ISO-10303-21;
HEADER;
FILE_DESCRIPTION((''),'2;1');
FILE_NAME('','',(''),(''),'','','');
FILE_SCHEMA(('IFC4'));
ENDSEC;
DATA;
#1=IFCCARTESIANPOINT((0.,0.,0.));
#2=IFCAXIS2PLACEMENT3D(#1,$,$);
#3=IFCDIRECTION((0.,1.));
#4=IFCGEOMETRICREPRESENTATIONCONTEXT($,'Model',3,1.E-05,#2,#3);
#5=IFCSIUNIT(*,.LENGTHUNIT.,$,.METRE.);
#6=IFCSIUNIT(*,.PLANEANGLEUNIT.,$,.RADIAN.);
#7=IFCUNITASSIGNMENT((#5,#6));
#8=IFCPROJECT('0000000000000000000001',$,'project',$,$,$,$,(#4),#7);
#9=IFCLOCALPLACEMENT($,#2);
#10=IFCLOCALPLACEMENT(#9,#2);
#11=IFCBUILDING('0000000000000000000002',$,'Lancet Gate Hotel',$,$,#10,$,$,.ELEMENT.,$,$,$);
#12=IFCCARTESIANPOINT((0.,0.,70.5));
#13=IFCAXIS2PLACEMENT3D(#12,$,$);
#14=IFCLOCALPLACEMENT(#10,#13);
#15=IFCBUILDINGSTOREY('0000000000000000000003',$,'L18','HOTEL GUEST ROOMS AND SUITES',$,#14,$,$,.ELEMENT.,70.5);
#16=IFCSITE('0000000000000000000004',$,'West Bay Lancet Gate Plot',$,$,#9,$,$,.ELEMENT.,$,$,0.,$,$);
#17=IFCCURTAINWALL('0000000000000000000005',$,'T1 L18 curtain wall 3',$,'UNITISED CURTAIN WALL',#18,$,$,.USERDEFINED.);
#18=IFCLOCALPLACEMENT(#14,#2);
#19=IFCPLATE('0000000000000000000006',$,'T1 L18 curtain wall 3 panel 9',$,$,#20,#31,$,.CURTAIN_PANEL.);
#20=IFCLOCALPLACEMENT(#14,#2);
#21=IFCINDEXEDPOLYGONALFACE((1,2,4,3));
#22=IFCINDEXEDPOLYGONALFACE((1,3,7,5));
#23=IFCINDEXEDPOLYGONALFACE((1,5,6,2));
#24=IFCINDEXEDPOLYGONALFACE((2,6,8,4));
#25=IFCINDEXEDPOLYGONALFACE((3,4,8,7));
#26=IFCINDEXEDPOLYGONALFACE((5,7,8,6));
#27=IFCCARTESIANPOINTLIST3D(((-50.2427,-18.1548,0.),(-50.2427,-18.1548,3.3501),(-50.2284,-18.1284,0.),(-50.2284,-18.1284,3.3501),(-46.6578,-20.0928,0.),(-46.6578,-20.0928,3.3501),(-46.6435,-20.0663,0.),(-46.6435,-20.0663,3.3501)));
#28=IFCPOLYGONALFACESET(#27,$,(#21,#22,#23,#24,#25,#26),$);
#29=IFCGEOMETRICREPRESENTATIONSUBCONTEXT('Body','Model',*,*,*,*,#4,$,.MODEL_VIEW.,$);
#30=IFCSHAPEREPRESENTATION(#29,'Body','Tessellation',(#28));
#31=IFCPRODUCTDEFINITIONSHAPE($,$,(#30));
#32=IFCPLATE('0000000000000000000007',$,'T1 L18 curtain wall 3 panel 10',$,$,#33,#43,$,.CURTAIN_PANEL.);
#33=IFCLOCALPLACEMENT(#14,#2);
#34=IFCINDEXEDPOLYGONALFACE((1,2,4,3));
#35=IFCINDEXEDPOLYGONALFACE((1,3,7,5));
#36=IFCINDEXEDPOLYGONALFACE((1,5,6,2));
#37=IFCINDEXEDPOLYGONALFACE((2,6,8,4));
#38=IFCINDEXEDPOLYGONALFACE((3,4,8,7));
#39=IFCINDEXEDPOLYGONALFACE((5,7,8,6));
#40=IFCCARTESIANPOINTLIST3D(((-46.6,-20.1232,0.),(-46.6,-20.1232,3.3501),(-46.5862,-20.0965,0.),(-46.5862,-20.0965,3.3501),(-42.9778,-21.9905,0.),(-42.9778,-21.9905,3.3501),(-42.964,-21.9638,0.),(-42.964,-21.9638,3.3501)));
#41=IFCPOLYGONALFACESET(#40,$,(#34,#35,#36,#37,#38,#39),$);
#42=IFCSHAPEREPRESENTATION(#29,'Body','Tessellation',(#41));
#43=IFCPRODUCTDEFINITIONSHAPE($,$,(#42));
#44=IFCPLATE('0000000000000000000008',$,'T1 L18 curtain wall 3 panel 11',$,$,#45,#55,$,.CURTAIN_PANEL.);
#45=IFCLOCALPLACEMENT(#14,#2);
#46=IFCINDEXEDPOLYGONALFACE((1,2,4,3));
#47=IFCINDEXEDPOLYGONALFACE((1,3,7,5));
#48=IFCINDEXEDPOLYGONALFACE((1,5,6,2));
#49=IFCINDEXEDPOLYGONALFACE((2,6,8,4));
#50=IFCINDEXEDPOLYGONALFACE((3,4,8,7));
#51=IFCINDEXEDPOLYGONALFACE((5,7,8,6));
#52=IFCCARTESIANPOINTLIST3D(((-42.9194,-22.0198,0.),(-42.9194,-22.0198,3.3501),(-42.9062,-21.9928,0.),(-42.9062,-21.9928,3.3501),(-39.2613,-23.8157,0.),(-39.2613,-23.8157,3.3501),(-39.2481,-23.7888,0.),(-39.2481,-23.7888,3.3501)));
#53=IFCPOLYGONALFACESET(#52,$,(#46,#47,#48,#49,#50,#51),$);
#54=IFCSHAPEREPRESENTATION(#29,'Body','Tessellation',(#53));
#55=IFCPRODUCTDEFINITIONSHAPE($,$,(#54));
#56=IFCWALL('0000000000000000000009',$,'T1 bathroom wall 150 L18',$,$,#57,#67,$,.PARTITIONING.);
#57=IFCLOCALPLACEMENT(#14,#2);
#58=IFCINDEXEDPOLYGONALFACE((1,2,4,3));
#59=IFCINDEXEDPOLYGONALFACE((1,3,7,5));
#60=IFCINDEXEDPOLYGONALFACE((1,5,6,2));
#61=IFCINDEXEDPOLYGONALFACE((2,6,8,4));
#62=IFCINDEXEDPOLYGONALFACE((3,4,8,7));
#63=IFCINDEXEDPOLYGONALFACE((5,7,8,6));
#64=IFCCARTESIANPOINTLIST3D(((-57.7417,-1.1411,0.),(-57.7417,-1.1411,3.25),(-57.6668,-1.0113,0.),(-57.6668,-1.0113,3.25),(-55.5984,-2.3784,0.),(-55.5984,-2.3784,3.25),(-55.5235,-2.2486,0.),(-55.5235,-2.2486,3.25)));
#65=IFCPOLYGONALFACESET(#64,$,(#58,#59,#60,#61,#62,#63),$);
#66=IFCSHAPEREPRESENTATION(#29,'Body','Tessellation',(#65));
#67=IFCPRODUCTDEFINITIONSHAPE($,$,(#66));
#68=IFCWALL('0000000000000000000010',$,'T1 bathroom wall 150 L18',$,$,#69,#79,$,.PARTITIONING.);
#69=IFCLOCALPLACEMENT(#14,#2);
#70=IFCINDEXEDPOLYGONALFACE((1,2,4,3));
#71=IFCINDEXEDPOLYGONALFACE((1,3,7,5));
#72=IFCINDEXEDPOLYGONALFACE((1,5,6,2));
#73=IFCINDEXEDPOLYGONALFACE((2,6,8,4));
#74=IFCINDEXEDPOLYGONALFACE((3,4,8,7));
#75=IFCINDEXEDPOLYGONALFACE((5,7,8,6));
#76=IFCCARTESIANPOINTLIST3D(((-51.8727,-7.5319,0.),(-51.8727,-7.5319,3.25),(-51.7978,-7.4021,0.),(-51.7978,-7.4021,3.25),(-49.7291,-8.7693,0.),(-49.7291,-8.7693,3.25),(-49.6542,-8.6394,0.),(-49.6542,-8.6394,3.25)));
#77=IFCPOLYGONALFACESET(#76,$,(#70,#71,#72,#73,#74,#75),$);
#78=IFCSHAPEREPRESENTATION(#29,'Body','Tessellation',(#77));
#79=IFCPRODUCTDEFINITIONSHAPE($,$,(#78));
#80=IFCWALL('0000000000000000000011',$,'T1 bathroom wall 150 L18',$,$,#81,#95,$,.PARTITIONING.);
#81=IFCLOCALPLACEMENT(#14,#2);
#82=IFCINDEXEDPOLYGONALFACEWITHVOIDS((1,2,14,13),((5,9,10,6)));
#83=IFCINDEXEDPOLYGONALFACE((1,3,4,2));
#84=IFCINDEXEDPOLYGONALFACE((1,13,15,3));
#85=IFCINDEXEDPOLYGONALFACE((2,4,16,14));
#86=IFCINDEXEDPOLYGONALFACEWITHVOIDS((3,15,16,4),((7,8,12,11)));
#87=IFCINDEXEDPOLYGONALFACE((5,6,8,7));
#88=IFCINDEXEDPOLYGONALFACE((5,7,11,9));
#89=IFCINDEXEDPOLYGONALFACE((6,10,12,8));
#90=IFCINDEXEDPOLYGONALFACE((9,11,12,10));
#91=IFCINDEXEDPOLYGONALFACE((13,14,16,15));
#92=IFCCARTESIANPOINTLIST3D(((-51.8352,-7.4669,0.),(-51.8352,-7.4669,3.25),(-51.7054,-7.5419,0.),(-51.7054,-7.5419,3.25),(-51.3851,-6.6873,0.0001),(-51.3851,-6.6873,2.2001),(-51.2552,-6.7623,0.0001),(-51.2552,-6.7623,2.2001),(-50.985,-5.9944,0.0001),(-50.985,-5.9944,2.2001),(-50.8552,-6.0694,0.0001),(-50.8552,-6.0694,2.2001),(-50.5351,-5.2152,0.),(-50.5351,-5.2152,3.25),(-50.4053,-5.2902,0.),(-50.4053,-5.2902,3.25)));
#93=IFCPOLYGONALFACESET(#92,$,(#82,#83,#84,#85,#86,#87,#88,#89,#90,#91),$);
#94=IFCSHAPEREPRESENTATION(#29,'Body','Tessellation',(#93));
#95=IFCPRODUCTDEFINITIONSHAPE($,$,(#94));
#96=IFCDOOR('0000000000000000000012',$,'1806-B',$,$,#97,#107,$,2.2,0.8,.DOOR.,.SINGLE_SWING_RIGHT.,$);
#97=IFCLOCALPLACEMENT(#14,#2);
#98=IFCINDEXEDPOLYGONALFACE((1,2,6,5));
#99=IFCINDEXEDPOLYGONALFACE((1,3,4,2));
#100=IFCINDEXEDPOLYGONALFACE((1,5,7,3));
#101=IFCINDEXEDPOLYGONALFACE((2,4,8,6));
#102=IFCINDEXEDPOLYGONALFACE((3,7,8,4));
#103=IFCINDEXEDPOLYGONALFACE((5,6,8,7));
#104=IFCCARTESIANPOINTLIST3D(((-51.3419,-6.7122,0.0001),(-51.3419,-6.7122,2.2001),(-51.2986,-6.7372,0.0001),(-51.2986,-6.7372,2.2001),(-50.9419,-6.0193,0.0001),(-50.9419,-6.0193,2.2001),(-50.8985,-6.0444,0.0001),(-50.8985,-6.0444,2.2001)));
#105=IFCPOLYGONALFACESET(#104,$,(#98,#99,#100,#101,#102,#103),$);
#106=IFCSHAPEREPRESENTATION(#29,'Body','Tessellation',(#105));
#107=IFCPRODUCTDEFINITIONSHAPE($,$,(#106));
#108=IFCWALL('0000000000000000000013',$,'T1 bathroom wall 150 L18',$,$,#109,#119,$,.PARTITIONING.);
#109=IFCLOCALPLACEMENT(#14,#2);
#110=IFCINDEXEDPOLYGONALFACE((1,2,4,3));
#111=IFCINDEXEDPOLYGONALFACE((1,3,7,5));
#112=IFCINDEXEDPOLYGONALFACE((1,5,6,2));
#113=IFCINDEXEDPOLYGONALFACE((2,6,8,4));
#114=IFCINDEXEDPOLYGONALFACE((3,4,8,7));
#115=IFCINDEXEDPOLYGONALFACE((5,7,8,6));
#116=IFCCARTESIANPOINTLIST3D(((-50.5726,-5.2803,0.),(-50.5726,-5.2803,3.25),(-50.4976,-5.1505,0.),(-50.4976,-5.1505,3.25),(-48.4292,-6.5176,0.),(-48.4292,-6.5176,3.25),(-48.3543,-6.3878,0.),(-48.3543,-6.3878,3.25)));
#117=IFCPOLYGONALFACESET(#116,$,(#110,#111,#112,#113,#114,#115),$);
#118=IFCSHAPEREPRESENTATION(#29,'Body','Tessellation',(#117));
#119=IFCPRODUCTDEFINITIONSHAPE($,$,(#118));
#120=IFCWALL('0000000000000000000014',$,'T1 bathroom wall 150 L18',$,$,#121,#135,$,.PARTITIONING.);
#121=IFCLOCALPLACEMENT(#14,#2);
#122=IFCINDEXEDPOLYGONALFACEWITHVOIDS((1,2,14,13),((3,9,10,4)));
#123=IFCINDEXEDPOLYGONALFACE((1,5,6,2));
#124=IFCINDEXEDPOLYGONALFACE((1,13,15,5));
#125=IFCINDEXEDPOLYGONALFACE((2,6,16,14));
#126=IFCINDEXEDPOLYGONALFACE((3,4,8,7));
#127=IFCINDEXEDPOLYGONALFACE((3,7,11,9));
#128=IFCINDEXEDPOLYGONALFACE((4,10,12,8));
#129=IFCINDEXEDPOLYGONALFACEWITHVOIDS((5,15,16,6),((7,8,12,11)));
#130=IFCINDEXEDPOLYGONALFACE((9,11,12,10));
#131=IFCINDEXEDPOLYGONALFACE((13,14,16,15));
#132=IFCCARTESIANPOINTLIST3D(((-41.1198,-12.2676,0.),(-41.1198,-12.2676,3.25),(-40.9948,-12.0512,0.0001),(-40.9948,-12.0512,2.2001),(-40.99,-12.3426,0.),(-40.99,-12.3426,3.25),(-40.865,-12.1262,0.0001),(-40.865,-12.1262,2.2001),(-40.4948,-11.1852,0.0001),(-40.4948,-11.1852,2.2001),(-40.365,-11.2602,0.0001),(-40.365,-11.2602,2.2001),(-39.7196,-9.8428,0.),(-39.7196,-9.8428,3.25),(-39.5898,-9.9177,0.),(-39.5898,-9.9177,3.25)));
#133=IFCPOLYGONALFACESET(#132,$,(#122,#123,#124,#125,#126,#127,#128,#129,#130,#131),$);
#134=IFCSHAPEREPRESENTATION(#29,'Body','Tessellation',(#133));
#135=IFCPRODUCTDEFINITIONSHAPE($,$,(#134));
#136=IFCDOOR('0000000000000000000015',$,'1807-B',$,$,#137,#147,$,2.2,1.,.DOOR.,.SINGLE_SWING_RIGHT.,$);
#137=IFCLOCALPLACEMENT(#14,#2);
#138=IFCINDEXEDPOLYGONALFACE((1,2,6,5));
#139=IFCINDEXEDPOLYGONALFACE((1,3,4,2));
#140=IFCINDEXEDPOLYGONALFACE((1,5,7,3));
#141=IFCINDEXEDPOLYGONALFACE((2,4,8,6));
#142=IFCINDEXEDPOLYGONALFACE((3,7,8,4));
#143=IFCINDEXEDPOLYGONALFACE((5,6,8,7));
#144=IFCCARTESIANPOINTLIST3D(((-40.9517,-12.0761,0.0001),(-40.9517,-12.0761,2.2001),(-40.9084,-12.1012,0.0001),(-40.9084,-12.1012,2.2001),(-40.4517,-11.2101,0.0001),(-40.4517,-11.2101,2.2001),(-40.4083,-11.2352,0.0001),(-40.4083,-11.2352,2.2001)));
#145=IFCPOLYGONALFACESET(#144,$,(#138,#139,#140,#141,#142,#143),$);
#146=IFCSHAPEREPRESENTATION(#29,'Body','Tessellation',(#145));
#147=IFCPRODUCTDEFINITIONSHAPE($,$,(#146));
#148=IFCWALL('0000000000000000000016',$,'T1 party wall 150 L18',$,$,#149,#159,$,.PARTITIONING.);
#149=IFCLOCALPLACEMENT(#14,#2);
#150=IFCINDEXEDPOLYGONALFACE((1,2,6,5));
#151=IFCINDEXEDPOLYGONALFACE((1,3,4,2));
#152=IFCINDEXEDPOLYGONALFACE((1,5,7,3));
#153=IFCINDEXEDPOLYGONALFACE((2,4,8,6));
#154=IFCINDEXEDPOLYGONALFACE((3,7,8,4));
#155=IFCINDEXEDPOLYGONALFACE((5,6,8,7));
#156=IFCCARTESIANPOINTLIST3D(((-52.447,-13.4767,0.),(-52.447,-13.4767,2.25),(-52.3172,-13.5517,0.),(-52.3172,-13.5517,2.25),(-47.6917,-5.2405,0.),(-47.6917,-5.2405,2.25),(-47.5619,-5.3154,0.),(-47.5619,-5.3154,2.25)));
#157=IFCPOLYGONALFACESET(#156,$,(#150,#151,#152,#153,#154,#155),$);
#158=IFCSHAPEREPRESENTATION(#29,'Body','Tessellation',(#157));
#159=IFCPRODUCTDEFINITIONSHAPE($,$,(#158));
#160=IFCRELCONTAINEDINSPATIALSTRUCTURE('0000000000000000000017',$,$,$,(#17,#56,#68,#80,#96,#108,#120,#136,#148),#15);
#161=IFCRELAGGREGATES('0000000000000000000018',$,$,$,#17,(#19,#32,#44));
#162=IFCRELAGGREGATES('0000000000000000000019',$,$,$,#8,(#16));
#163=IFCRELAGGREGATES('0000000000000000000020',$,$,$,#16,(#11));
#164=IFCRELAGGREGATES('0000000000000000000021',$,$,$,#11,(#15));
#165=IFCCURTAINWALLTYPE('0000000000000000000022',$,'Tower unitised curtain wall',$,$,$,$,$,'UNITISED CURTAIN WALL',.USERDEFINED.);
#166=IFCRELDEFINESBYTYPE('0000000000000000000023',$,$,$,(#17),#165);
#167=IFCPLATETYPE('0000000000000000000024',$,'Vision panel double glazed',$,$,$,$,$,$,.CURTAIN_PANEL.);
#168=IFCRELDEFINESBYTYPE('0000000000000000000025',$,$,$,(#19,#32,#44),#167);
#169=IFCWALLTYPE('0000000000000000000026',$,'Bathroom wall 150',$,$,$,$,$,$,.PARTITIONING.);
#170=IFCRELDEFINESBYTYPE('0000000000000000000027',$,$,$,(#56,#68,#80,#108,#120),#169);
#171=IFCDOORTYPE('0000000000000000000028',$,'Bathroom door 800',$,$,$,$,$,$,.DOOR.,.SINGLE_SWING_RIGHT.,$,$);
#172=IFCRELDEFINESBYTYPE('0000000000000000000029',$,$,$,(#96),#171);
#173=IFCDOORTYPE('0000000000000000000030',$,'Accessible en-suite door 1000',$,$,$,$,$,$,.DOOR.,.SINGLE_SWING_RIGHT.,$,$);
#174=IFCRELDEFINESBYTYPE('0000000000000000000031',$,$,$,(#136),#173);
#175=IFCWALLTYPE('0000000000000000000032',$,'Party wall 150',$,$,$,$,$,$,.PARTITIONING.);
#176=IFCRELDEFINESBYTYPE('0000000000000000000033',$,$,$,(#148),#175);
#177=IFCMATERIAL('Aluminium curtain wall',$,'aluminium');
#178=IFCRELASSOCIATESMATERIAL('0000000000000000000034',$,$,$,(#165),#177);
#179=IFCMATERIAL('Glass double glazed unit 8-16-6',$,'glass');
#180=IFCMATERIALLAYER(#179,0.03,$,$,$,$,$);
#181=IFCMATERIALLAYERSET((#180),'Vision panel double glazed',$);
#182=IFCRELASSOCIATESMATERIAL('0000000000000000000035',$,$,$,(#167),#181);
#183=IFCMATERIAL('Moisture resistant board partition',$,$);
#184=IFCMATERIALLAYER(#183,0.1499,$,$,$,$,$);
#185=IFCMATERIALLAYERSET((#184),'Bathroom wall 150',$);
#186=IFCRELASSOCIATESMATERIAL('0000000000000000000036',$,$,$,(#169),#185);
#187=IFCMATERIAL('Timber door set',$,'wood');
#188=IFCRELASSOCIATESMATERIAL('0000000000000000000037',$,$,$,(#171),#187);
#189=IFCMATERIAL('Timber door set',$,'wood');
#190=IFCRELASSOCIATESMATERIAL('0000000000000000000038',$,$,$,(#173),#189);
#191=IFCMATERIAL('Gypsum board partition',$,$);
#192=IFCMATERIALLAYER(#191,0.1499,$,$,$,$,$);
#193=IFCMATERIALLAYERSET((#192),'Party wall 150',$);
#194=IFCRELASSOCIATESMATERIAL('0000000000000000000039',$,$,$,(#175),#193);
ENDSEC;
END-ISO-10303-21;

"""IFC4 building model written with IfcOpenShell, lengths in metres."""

from ifc_helpers import new_model, si_unit, direction, frame, frame_2d, origin, origin_2d, place, context, subcontext, project, spatial, rectangle, extrude, material, layer, layer_set, type_object, element, fill, aggregate, save


model = new_model("IFC4")

# Units and contexts
model_context = context("Model", 3, precision=1e-05, world=origin(), true_north=direction((0.0, 1.0)))
body_context = subcontext(model_context, "Body", "Model", "MODEL_VIEW")
ifc_project = project(units=[si_unit("LENGTHUNIT", "METRE"), si_unit("PLANEANGLEUNIT", "RADIAN")], contexts=[model_context])

# Site, building, storey
site_placement = place(None, origin())
site = spatial("IfcSite", under=ifc_project, at=site_placement, Name="West Bay Lancet Gate Plot", CompositionType="ELEMENT", RefElevation=0.0)
building_placement = place(site_placement, origin())
building = spatial("IfcBuilding", under=site, at=building_placement, Name="Lancet Gate Hotel", CompositionType="ELEMENT")
storey_placement = place(building_placement, frame((0.0, 0.0, 70.5)))
storey = spatial("IfcBuildingStorey", under=building, at=storey_placement, Name="L18", Description="HOTEL GUEST ROOMS AND SUITES", CompositionType="ELEMENT", Elevation=70.5)

# Curtain wall
ifc_material_1 = material(Name="Aluminium curtain wall", Category="aluminium")
curtain_wall_type = type_object("IfcCurtainWallType", Name="Tower unitised curtain wall", ElementType="UNITISED CURTAIN WALL", PredefinedType="USERDEFINED", material=ifc_material_1)
curtain_wall_placement = place(storey_placement, origin())
curtain_wall = element("IfcCurtainWall", 1, at=curtain_wall_placement, inside=storey, type_object=curtain_wall_type, Name="T1 L18 curtain wall 3", ObjectType="UNITISED CURTAIN WALL", PredefinedType="USERDEFINED")

# Plates
ifc_material_2 = material(Name="Glass double glazed unit 8-16-6", Category="glass")
ifc_layer_1 = layer(ifc_material_2, 0.03)
ifc_layer_set_1 = layer_set([ifc_layer_1], Name="Vision panel double glazed")
plate_type = type_object("IfcPlateType", Name="Vision panel double glazed", PredefinedType="CURTAIN_PANEL", material=ifc_layer_set_1)
plate_1_placement = place(storey_placement, frame((-48.4431, -19.1106, 0.0), z_axis=(0.0, 0.0, 1.0), x_axis=(0.879693, -0.475541, 0.0)))
plate_1 = element("IfcPlate", 2, at=plate_1_placement, type_object=plate_type, Name="T1 L18 curtain wall 3 panel 9", PredefinedType="CURTAIN_PANEL", context=body_context, shape_type="SweptSolid", body=[
    extrude(rectangle(XDim=4.0752, YDim=0.03, at=origin_2d()), origin(), (0.0, 0.0, 1.0), 3.3501),
])
plate_2_placement = place(storey_placement, frame((-44.782, -21.0435, 0.0), z_axis=(0.0, 0.0, 1.0), x_axis=(0.888844, -0.45821, 0.0)))
plate_2 = element("IfcPlate", 3, at=plate_2_placement, type_object=plate_type, Name="T1 L18 curtain wall 3 panel 10", PredefinedType="CURTAIN_PANEL", context=body_context, shape_type="SweptSolid", body=[
    extrude(rectangle(XDim=4.0752, YDim=0.03, at=origin_2d()), origin(), (0.0, 0.0, 1.0), 3.3501),
])
plate_3_placement = place(storey_placement, frame((-41.0837, -22.9043, 0.0), z_axis=(0.0, 0.0, 1.0), x_axis=(0.897653, -0.440702, 0.0)))
plate_3 = element("IfcPlate", 4, at=plate_3_placement, type_object=plate_type, Name="T1 L18 curtain wall 3 panel 11", PredefinedType="CURTAIN_PANEL", context=body_context, shape_type="SweptSolid", body=[
    extrude(rectangle(XDim=4.0752, YDim=0.03, at=origin_2d()), origin(), (0.0, 0.0, 1.0), 3.3501),
])
aggregate(curtain_wall, [plate_1, plate_2, plate_3])

# Walls
ifc_material_3 = material(Name="Moisture resistant board partition")
ifc_layer_2 = layer(ifc_material_3, 0.1499)
ifc_layer_set_2 = layer_set([ifc_layer_2], Name="Bathroom wall 150")
wall_type_1 = type_object("IfcWallType", Name="Bathroom wall 150", PredefinedType="PARTITIONING", material=ifc_layer_set_2)
wall_1_placement = place(storey_placement, frame((-55.561, -2.3135, 0.0), z_axis=(0.0, 0.0, 1.0), x_axis=(-0.866049, 0.499959, 0.0)))
element("IfcWall", 5, at=wall_1_placement, inside=storey, type_object=wall_type_1, Name="T1 bathroom wall 150 L18", PredefinedType="PARTITIONING", context=body_context, shape_type="SweptSolid", body=[
    extrude(rectangle(XDim=2.4749, YDim=0.1499, at=frame_2d((1.2373, 0.0))), origin(), (0.0, 0.0, 1.0), 3.25),
])
wall_2_placement = place(storey_placement, frame((-49.6917, -8.7043, 0.0), z_axis=(0.0, 0.0, 1.0), x_axis=(-0.866074, 0.499916, 0.0)))
element("IfcWall", 6, at=wall_2_placement, inside=storey, type_object=wall_type_1, Name="T1 bathroom wall 150 L18", PredefinedType="PARTITIONING", context=body_context, shape_type="SweptSolid", body=[
    extrude(rectangle(XDim=2.4751, YDim=0.1499, at=frame_2d((1.2375, 0.0))), origin(), (0.0, 0.0, 1.0), 3.25),
])

# Wall, opening, door
wall_3_placement = place(storey_placement, frame((-50.4702, -5.2527, 0.0), z_axis=(0.0, 0.0, 1.0), x_axis=(-0.500007, -0.866021, 0.0)))
wall_3 = element("IfcWall", 7, at=wall_3_placement, inside=storey, type_object=wall_type_1, Name="T1 bathroom wall 150 L18", PredefinedType="PARTITIONING", context=body_context, shape_type="SweptSolid", body=[
    extrude(rectangle(XDim=2.6001, YDim=0.1499, at=frame_2d((1.3, 0.0))), origin(), (0.0, 0.0, 1.0), 3.25),
])
opening_1_placement = place(wall_3_placement, frame((0.8999, 0.0, 0.0)))
opening_1 = element("IfcOpeningElement", 8, at=opening_1_placement, cuts=wall_3, PredefinedType="OPENING", context=body_context, shape_type="SweptSolid", body=[
    extrude(rectangle(XDim=0.8, YDim=2.2, at=frame_2d((0.3999, 1.1001))), frame((0.0, 0.085, 0.0), z_axis=(0.0, -1.0, 0.0), x_axis=(1.0, 0.0, 0.0)), (0.0, 0.0, 1.0), 0.1699),
])
ifc_material_4 = material(Name="Timber door set", Category="wood")
door_type_1 = type_object("IfcDoorType", Name="Bathroom door 800", OperationType="SINGLE_SWING_RIGHT", PredefinedType="DOOR", material=ifc_material_4)
door_1_placement = place(opening_1_placement, origin())
door_1 = element("IfcDoor", 9, at=door_1_placement, inside=storey, type_object=door_type_1, Name="1806-B", OperationType="SINGLE_SWING_RIGHT", OverallHeight=2.2, OverallWidth=0.8, PredefinedType="DOOR", context=body_context, shape_type="SweptSolid", body=[
    extrude(rectangle(XDim=0.8, YDim=2.2, at=frame_2d((0.3999, 1.1001))), frame((0.0, 0.0249, 0.0), z_axis=(0.0, -1.0, 0.0), x_axis=(1.0, 0.0, 0.0)), (0.0, 0.0, 1.0), 0.05),
])
fill(opening_1, door_1)

# Wall
wall_4_placement = place(storey_placement, frame((-48.3918, -6.4526, 0.0), z_axis=(0.0, 0.0, 1.0), x_axis=(-0.866049, 0.499959, 0.0)))
element("IfcWall", 10, at=wall_4_placement, inside=storey, type_object=wall_type_1, Name="T1 bathroom wall 150 L18", PredefinedType="PARTITIONING", context=body_context, shape_type="SweptSolid", body=[
    extrude(rectangle(XDim=2.4749, YDim=0.1499, at=frame_2d((1.2373, 0.0))), origin(), (0.0, 0.0, 1.0), 3.25),
])

# Wall, opening, door
wall_5_placement = place(storey_placement, frame((-39.6548, -9.8804, 0.0), z_axis=(0.0, 0.0, 1.0), x_axis=(-0.50005, -0.865997, 0.0)))
wall_5 = element("IfcWall", 11, at=wall_5_placement, inside=storey, type_object=wall_type_1, Name="T1 bathroom wall 150 L18", PredefinedType="PARTITIONING", context=body_context, shape_type="SweptSolid", body=[
    extrude(rectangle(XDim=2.8, YDim=0.1499, at=frame_2d((1.3999, 0.0))), origin(), (0.0, 0.0, 1.0), 3.25),
])
opening_2_placement = place(wall_5_placement, frame((1.55, 0.0, 0.0)))
opening_2 = element("IfcOpeningElement", 12, at=opening_2_placement, cuts=wall_5, PredefinedType="OPENING", context=body_context, shape_type="SweptSolid", body=[
    extrude(rectangle(XDim=1.0, YDim=2.2, at=frame_2d((0.5, 1.1001))), frame((0.0, 0.085, 0.0), z_axis=(0.0, -1.0, 0.0), x_axis=(1.0, 0.0, 0.0)), (0.0, 0.0, 1.0), 0.1699),
])
ifc_material_5 = material(Name="Timber door set", Category="wood")
door_type_2 = type_object("IfcDoorType", Name="Accessible en-suite door 1000", OperationType="SINGLE_SWING_RIGHT", PredefinedType="DOOR", material=ifc_material_5)
door_2_placement = place(opening_2_placement, origin())
door_2 = element("IfcDoor", 13, at=door_2_placement, inside=storey, type_object=door_type_2, Name="1807-B", OperationType="SINGLE_SWING_RIGHT", OverallHeight=2.2, OverallWidth=1.0, PredefinedType="DOOR", context=body_context, shape_type="SweptSolid", body=[
    extrude(rectangle(XDim=1.0, YDim=2.2, at=frame_2d((0.5, 1.1001))), frame((0.0, 0.0249, 0.0), z_axis=(0.0, -1.0, 0.0), x_axis=(1.0, 0.0, 0.0)), (0.0, 0.0, 1.0), 0.05),
])
fill(opening_2, door_2)

# Wall
ifc_material_6 = material(Name="Gypsum board partition")
ifc_layer_3 = layer(ifc_material_6, 0.1499)
ifc_layer_set_3 = layer_set([ifc_layer_3], Name="Party wall 150")
wall_type_2 = type_object("IfcWallType", Name="Party wall 150", PredefinedType="PARTITIONING", material=ifc_layer_set_3)
wall_6_placement = place(storey_placement, frame((-47.6267, -5.2778, 0.0), z_axis=(0.0, 0.0, 1.0), x_axis=(-0.50001, -0.86602, 0.0)))
element("IfcWall", 14, at=wall_6_placement, inside=storey, type_object=wall_type_2, Name="T1 party wall 150 L18", PredefinedType="PARTITIONING", context=body_context, shape_type="SweptSolid", body=[
    extrude(rectangle(XDim=9.5105, YDim=0.1499, at=frame_2d((4.7554, 0.0))), origin(), (0.0, 0.0, 1.0), 2.25),
])

save(model, "model.ifc")
